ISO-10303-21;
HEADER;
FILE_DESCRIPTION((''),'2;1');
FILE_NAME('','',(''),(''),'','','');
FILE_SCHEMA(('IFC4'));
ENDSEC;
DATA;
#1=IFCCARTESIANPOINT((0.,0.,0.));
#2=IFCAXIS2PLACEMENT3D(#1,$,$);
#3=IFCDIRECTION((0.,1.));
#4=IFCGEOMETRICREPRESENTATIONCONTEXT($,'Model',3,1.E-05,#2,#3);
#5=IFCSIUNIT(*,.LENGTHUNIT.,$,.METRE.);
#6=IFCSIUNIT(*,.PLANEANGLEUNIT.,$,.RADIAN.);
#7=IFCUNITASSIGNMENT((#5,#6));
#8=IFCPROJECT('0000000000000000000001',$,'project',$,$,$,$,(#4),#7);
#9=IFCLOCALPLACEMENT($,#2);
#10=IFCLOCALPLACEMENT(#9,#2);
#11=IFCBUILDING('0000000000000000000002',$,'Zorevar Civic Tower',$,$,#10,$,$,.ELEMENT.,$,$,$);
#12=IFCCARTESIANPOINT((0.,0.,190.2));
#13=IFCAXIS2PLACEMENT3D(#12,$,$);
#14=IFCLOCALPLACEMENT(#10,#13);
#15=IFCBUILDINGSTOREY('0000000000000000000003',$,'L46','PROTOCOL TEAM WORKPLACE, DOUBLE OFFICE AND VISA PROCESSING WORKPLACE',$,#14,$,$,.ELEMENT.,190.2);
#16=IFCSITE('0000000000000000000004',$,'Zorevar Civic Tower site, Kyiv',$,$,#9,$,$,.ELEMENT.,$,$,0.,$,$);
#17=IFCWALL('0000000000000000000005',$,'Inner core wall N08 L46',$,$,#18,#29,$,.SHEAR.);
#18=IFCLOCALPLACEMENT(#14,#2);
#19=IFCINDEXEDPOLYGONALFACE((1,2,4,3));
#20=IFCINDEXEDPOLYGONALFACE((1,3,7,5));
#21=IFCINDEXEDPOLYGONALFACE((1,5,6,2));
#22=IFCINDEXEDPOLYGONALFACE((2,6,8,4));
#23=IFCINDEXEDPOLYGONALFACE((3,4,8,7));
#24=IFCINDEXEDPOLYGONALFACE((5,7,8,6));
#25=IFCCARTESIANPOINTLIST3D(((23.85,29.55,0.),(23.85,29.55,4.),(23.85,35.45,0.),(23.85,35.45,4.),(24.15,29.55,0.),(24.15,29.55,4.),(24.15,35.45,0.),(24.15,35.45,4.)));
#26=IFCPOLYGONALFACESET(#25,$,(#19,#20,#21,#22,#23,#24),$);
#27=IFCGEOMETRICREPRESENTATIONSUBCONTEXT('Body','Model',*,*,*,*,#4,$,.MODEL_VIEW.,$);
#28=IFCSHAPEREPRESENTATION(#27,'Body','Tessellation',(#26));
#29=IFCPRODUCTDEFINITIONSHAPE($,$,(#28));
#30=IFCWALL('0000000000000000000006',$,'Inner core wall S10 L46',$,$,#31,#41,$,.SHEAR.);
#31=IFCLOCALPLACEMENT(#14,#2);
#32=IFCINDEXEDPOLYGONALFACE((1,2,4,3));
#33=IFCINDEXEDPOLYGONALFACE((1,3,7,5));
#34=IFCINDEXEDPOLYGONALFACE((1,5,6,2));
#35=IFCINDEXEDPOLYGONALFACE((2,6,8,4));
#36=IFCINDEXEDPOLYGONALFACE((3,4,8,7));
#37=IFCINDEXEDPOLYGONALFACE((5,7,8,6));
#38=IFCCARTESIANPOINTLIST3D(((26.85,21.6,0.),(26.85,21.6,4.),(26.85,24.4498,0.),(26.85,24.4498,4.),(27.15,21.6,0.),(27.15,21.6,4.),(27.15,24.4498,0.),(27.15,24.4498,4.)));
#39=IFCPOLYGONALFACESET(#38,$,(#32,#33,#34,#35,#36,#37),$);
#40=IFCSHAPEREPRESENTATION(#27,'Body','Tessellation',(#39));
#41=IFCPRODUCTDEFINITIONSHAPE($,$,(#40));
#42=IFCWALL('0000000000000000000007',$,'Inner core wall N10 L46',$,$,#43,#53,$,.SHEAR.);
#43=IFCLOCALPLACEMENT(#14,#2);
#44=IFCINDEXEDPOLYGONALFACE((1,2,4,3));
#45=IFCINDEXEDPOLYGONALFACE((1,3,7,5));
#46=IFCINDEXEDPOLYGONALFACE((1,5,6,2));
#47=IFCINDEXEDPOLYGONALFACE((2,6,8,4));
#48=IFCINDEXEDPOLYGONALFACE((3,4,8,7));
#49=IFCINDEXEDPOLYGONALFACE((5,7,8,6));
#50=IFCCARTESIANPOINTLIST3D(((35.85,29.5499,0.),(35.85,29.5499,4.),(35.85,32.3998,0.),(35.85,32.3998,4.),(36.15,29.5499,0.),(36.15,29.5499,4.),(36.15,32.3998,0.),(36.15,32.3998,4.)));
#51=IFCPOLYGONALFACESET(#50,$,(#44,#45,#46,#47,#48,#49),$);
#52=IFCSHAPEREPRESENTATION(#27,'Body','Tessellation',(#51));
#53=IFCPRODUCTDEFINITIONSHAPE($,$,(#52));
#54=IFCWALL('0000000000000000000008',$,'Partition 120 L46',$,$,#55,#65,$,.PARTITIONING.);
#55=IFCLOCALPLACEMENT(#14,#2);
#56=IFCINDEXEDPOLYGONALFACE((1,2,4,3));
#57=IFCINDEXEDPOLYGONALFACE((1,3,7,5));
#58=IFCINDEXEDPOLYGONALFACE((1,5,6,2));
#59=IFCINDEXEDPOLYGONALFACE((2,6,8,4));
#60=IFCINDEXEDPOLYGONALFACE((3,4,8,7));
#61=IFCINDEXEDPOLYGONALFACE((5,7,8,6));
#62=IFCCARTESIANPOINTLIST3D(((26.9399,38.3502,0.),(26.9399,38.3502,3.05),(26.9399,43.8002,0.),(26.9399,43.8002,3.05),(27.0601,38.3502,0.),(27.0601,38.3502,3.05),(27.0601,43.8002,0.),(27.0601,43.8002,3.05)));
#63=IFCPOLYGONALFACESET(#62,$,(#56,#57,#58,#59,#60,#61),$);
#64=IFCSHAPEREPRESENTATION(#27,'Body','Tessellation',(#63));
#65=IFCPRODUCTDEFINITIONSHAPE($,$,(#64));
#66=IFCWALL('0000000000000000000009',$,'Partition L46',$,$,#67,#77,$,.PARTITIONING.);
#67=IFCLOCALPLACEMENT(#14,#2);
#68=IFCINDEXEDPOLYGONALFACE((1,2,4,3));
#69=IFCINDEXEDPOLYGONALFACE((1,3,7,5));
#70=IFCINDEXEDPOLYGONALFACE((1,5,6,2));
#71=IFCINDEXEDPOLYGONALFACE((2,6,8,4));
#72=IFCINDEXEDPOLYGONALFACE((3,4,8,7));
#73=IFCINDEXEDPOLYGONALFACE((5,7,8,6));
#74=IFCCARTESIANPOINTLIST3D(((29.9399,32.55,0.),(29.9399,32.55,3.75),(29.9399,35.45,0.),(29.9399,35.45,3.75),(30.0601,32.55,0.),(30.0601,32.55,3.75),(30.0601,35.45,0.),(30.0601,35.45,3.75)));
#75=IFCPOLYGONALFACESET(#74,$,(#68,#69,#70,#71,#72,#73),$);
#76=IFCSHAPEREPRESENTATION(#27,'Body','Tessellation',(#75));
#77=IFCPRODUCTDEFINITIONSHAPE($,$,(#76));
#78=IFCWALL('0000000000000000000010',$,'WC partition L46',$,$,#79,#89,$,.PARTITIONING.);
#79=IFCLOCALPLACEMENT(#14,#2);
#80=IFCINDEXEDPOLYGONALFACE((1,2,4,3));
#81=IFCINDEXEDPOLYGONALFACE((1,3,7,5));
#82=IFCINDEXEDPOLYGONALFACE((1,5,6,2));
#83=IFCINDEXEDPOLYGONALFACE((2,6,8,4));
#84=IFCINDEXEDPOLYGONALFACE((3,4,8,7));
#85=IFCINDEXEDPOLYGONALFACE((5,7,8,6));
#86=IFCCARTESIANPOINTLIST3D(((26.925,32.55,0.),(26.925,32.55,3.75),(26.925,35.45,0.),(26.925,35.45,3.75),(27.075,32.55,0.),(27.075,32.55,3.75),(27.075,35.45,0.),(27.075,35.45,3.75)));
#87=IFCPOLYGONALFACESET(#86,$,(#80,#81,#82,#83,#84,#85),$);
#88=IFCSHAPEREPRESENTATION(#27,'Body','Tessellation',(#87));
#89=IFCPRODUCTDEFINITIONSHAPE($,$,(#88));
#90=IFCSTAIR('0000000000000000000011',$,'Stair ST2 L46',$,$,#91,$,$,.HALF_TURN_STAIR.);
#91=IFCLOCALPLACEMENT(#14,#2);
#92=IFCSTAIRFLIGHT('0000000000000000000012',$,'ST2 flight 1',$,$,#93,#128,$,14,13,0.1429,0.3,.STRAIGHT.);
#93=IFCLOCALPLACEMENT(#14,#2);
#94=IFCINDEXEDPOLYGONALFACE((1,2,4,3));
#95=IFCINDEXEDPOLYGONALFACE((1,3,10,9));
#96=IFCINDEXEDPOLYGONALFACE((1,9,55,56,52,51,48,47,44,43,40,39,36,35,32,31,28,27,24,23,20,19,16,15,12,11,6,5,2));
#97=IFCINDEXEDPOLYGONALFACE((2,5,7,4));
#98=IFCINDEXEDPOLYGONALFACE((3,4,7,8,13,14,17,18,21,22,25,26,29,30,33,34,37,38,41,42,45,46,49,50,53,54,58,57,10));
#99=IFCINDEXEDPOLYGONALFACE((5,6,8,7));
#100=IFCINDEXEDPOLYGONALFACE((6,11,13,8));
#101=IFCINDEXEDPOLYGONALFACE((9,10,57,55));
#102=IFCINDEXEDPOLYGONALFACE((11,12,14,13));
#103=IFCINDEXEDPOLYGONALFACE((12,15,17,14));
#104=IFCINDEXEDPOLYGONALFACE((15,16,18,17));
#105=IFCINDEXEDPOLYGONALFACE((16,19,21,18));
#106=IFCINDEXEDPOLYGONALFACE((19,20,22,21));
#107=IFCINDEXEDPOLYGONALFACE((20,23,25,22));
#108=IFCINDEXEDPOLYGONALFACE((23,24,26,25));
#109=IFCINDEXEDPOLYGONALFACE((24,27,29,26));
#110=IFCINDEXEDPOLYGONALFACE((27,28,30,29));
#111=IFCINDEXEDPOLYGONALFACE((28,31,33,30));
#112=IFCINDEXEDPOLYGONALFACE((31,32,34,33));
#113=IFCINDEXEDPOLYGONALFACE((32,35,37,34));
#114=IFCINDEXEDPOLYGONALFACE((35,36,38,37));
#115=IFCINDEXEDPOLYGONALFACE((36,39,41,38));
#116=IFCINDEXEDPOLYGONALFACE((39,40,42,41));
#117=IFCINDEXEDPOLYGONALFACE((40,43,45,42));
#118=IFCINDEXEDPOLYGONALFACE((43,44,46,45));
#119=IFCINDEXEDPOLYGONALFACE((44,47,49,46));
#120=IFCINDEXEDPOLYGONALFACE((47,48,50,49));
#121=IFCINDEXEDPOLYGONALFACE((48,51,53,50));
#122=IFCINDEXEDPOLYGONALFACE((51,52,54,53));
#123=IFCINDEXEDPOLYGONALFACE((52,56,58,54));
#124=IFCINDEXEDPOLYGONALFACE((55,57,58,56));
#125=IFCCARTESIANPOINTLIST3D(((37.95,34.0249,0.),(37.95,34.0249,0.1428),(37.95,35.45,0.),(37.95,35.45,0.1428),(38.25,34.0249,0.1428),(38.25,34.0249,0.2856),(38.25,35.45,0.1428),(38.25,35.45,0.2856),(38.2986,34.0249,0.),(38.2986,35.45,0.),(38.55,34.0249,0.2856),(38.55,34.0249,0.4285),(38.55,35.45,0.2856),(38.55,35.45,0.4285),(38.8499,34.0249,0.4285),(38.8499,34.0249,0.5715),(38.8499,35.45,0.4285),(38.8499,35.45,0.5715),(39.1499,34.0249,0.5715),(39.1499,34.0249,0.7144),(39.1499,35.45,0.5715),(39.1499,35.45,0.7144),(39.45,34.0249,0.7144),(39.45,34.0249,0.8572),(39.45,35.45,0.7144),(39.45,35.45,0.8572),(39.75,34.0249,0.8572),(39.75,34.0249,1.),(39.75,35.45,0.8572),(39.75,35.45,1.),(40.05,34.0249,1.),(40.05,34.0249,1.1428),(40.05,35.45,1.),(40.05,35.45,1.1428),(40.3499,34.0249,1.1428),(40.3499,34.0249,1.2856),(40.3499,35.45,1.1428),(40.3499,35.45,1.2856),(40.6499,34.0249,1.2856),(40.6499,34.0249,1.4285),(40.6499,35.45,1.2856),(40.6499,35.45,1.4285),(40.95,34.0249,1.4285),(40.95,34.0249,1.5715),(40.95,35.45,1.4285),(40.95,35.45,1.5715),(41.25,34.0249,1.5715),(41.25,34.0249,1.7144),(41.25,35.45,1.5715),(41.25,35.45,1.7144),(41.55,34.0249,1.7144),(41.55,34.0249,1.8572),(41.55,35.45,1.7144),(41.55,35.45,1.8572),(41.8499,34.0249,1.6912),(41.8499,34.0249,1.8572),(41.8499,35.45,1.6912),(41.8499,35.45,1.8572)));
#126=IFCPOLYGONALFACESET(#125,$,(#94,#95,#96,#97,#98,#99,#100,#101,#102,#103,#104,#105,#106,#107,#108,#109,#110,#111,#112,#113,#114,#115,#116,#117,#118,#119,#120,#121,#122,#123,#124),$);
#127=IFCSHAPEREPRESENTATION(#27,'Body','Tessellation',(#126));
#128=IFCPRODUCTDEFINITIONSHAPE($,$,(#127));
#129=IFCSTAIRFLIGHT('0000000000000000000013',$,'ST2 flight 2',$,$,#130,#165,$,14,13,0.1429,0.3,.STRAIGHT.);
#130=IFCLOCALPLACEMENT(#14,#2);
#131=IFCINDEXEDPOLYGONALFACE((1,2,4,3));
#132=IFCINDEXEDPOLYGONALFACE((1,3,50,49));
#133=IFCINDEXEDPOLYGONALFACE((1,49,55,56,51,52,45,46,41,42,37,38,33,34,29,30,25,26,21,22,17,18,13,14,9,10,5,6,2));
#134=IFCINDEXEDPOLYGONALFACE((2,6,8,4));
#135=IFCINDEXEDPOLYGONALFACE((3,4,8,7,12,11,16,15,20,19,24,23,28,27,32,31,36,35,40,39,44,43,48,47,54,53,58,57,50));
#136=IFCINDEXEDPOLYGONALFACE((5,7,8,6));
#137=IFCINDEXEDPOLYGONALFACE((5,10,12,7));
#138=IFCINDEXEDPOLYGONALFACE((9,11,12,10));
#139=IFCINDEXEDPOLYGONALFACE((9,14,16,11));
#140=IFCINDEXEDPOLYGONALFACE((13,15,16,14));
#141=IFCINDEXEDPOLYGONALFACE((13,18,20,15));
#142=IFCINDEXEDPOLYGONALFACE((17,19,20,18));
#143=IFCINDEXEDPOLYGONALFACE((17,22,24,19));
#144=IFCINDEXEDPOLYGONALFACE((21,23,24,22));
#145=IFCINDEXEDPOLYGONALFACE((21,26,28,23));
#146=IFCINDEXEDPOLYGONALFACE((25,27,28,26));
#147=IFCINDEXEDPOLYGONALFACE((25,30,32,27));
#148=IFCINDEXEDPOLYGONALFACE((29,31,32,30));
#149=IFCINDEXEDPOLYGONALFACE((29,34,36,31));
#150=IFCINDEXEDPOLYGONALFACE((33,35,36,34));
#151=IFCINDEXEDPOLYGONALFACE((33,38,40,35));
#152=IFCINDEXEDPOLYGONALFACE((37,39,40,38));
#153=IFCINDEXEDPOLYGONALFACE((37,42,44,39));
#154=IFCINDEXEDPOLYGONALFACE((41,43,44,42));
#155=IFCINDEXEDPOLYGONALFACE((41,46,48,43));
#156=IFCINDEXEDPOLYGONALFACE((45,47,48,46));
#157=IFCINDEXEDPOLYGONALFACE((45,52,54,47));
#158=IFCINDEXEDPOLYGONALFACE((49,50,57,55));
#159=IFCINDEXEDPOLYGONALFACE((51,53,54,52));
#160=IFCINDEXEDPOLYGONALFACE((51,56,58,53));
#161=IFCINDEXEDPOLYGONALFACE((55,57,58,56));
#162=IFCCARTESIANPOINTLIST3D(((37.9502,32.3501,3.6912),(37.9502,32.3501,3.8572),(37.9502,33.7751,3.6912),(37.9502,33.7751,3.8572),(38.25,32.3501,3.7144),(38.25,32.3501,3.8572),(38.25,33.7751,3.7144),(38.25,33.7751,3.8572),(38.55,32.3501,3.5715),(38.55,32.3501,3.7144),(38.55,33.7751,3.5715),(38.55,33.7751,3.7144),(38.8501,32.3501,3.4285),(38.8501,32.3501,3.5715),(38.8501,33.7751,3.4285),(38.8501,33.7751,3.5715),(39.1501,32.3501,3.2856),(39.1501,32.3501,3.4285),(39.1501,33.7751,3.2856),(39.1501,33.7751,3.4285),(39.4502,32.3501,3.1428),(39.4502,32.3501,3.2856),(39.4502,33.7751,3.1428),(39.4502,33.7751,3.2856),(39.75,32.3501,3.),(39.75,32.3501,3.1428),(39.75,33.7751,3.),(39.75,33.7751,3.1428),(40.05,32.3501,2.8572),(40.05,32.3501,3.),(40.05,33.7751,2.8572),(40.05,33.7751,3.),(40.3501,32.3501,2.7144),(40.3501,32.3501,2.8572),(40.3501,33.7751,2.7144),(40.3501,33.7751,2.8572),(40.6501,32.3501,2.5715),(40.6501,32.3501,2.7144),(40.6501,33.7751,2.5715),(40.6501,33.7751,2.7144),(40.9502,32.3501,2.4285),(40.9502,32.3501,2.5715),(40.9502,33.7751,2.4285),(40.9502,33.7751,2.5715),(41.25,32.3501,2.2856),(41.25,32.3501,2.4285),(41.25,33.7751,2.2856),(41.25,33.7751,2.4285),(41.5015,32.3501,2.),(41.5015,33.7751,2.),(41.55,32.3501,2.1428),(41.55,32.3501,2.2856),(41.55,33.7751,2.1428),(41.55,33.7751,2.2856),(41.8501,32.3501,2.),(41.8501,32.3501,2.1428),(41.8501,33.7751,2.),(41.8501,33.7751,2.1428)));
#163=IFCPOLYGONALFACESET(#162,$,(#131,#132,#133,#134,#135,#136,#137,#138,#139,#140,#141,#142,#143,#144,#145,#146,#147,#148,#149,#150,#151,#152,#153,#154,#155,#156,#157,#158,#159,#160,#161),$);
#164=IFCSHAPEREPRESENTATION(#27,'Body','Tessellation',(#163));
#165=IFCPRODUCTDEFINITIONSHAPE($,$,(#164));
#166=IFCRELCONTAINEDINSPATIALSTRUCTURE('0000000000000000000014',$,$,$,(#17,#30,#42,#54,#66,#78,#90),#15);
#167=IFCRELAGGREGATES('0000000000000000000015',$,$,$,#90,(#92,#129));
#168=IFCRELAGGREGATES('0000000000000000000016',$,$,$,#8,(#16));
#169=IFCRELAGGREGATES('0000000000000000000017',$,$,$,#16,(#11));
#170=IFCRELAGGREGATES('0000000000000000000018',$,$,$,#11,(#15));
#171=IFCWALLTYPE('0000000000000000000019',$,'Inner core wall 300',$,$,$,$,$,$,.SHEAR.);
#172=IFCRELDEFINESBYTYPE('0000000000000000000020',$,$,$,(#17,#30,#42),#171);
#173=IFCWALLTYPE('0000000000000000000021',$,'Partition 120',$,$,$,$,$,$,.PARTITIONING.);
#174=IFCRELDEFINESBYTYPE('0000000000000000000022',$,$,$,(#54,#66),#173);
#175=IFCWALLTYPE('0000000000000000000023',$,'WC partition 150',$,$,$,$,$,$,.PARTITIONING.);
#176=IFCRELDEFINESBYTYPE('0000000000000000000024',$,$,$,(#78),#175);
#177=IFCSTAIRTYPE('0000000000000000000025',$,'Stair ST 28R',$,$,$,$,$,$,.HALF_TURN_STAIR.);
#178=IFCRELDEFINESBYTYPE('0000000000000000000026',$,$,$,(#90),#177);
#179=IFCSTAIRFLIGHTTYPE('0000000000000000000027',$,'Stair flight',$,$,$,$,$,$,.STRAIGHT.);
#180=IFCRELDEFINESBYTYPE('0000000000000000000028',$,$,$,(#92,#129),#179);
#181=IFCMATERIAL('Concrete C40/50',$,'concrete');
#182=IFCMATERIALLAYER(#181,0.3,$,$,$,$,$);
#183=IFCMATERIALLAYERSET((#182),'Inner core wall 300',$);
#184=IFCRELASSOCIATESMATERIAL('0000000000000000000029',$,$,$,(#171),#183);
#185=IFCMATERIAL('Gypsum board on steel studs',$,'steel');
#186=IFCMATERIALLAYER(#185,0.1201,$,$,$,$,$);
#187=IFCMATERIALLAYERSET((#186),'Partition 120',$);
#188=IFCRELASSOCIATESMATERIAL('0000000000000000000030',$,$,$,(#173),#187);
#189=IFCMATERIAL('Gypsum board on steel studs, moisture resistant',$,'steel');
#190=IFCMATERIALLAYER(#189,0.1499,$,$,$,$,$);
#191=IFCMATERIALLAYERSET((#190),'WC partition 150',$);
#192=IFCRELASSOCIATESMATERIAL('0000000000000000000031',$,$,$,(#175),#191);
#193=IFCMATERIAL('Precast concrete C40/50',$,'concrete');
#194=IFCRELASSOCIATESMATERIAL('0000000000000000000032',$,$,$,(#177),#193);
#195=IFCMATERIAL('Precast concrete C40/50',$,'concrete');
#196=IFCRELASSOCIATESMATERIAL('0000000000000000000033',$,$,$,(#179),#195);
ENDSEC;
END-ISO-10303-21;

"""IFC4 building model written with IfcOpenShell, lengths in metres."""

from ifc_helpers import new_model, si_unit, direction, frame, frame_2d, origin, place, context, subcontext, project, spatial, polyline, rectangle, outline, extrude, material, layer, layer_set, type_object, element, aggregate, save


model = new_model("IFC4")

# Units and contexts
model_context = context("Model", 3, precision=1e-05, world=origin(), true_north=direction((0.0, 1.0)))
body_context = subcontext(model_context, "Body", "Model", "MODEL_VIEW")
ifc_project = project(units=[si_unit("LENGTHUNIT", "METRE"), si_unit("PLANEANGLEUNIT", "RADIAN")], contexts=[model_context])

# Site, building, storey
site_placement = place(None, origin())
site = spatial("IfcSite", under=ifc_project, at=site_placement, Name="Zorevar Civic Tower site, Kyiv", CompositionType="ELEMENT", RefElevation=0.0)
building_placement = place(site_placement, origin())
building = spatial("IfcBuilding", under=site, at=building_placement, Name="Zorevar Civic Tower", CompositionType="ELEMENT")
storey_placement = place(building_placement, frame((0.0, 0.0, 190.2)))
storey = spatial("IfcBuildingStorey", under=building, at=storey_placement, Name="L46", Description="PROTOCOL TEAM WORKPLACE, DOUBLE OFFICE AND VISA PROCESSING WORKPLACE", CompositionType="ELEMENT", Elevation=190.2)

# Shared definitions
ifc_material_1 = material(Name="Concrete C40/50", Category="concrete")
ifc_layer_1 = layer(ifc_material_1, 0.3)
ifc_layer_set_1 = layer_set([ifc_layer_1], Name="Inner core wall 300")
wall_type_1 = type_object("IfcWallType", Name="Inner core wall 300", PredefinedType="SHEAR", material=ifc_layer_set_1)

# Walls
wall_1_placement = place(storey_placement, frame((24.0, 29.55, 0.0), z_axis=(0.0, 0.0, 1.0), x_axis=(0.0, 1.0, 0.0)))
element("IfcWall", 1, at=wall_1_placement, inside=storey, type_object=wall_type_1, Name="Inner core wall N08 L46", PredefinedType="SHEAR", context=body_context, shape_type="SweptSolid", body=[
    extrude(rectangle(XDim=5.8999, YDim=0.3, at=frame_2d((2.95, 0.0))), origin(), (0.0, 0.0, 1.0), 4.0),
])
for number, where, z_axis, x_axis, name in (
    (2, (27.0, 21.6001, 0.0), (0.0, 0.0, 1.0), (0.0, 1.0, 0.0), "Inner core wall S10 L46"),
    (3, (36.0, 29.55, 0.0), (0.0, 0.0, 1.0), (0.0, 1.0, 0.0), "Inner core wall N10 L46"),
):
    element("IfcWall", number, at=place(storey_placement, frame(where, z_axis=z_axis, x_axis=x_axis)), inside=storey, type_object=wall_type_1, Name=name, PredefinedType="SHEAR", context=body_context, shape_type="SweptSolid", body=[
        extrude(rectangle(XDim=2.8499, YDim=0.3, at=frame_2d((1.4248, 0.0))), origin(), (0.0, 0.0, 1.0), 4.0),
    ])
ifc_material_2 = material(Name="Gypsum board on steel studs", Category="steel")
ifc_layer_2 = layer(ifc_material_2, 0.1201)
ifc_layer_set_2 = layer_set([ifc_layer_2], Name="Partition 120")
wall_type_2 = type_object("IfcWallType", Name="Partition 120", PredefinedType="PARTITIONING", material=ifc_layer_set_2)
wall_2_placement = place(storey_placement, frame((27.0, 38.3501, 0.0), z_axis=(0.0, 0.0, 1.0), x_axis=(0.0, 1.0, 0.0)))
element("IfcWall", 4, at=wall_2_placement, inside=storey, type_object=wall_type_2, Name="Partition 120 L46", PredefinedType="PARTITIONING", context=body_context, shape_type="SweptSolid", body=[
    extrude(rectangle(XDim=5.45, YDim=0.1201, at=frame_2d((2.7251, 0.0))), origin(), (0.0, 0.0, 1.0), 3.05),
])
wall_3_placement = place(storey_placement, frame((30.0, 32.55, 0.0), z_axis=(0.0, 0.0, 1.0), x_axis=(0.0, 1.0, 0.0)))
element("IfcWall", 5, at=wall_3_placement, inside=storey, type_object=wall_type_2, Name="Partition L46", PredefinedType="PARTITIONING", context=body_context, shape_type="SweptSolid", body=[
    extrude(rectangle(XDim=2.8999, YDim=0.1201, at=frame_2d((1.45, 0.0))), origin(), (0.0, 0.0, 1.0), 3.75),
])
ifc_material_3 = material(Name="Gypsum board on steel studs, moisture resistant", Category="steel")
ifc_layer_3 = layer(ifc_material_3, 0.1499)
ifc_layer_set_3 = layer_set([ifc_layer_3], Name="WC partition 150")
wall_type_3 = type_object("IfcWallType", Name="WC partition 150", PredefinedType="PARTITIONING", material=ifc_layer_set_3)
wall_4_placement = place(storey_placement, frame((27.0, 32.55, 0.0), z_axis=(0.0, 0.0, 1.0), x_axis=(0.0, 1.0, 0.0)))
element("IfcWall", 6, at=wall_4_placement, inside=storey, type_object=wall_type_3, Name="WC partition L46", PredefinedType="PARTITIONING", context=body_context, shape_type="SweptSolid", body=[
    extrude(rectangle(XDim=2.8999, YDim=0.1499, at=frame_2d((1.45, 0.0))), origin(), (0.0, 0.0, 1.0), 3.75),
])

# Stair, stair flights
ifc_material_4 = material(Name="Precast concrete C40/50", Category="concrete")
stair_type = type_object("IfcStairType", Name="Stair ST 28R", PredefinedType="HALF_TURN_STAIR", material=ifc_material_4)
stair_placement = place(storey_placement, origin())
stair = element("IfcStair", 7, at=stair_placement, inside=storey, type_object=stair_type, Name="Stair ST2 L46", PredefinedType="HALF_TURN_STAIR")
ifc_material_5 = material(Name="Precast concrete C40/50", Category="concrete")
stair_flight_type = type_object("IfcStairFlightType", Name="Stair flight", PredefinedType="STRAIGHT", material=ifc_material_5)
stair_flight_1_placement = place(storey_placement, frame((37.95, 34.7375, 0.0), z_axis=(0.0, 0.0, 1.0), x_axis=(1.0, 0.0, 0.0)))
stair_flight_1 = element("IfcStairFlight", 8, at=stair_flight_1_placement, type_object=stair_flight_type, Name="ST2 flight 1", NumberOfRisers=14, NumberOfTreads=13, PredefinedType="STRAIGHT", RiserHeight=0.1429, TreadLength=0.3, context=body_context, shape_type="SweptSolid", body=[
    extrude(outline(polyline([(0.0, 0.0), (0.0, 0.1428), (0.3, 0.1428), (0.3, 0.2856), (0.6001, 0.2856), (0.6001, 0.4285), (0.8999, 0.4285), (0.8999, 0.5715), (1.2, 0.5715), (1.2, 0.7144), (1.5, 0.7144), (1.5, 0.8572), (1.8, 0.8572), (1.8, 1.0), (2.1001, 1.0), (2.1001, 1.1428), (2.3999, 1.1428), (2.3999, 1.2856), (2.7, 1.2856), (2.7, 1.4285), (3.0, 1.4285), (3.0, 1.5715), (3.3, 1.5715), (3.3, 1.7144), (3.6001, 1.7144), (3.6001, 1.8572), (3.8999, 1.8572), (3.8999, 2.0), (3.8999, 1.6912), (0.3486, 0.0), (0.0, 0.0)])), frame((0.0, 0.7124, 0.0), z_axis=(0.0, -1.0, 0.0), x_axis=(1.0, 0.0, 0.0)), (0.0, 0.0, 1.0), 1.425),
])
stair_flight_2_placement = place(storey_placement, frame((41.8501, 33.0625, 2.0), z_axis=(0.0, 0.0, 1.0), x_axis=(-1.0, 0.0, 0.0)))
stair_flight_2 = element("IfcStairFlight", 9, at=stair_flight_2_placement, type_object=stair_flight_type, Name="ST2 flight 2", NumberOfRisers=14, NumberOfTreads=13, PredefinedType="STRAIGHT", RiserHeight=0.1429, TreadLength=0.3, context=body_context, shape_type="SweptSolid", body=[
    extrude(outline(polyline([(0.0, 0.0), (0.0, 0.1428), (0.3, 0.1428), (0.3, 0.2856), (0.6001, 0.2856), (0.6001, 0.4285), (0.8999, 0.4285), (0.8999, 0.5715), (1.2, 0.5715), (1.2, 0.7144), (1.5, 0.7144), (1.5, 0.8572), (1.8, 0.8572), (1.8, 1.0), (2.1001, 1.0), (2.1001, 1.1428), (2.3999, 1.1428), (2.3999, 1.2856), (2.7, 1.2856), (2.7, 1.4285), (3.0, 1.4285), (3.0, 1.5715), (3.3, 1.5715), (3.3, 1.7144), (3.6001, 1.7144), (3.6001, 1.8572), (3.8999, 1.8572), (3.8999, 2.0), (3.8999, 1.6912), (0.3486, 0.0), (0.0, 0.0)])), frame((0.0, 0.7124, 0.0), z_axis=(0.0, -1.0, 0.0), x_axis=(1.0, 0.0, 0.0)), (0.0, 0.0, 1.0), 1.425),
])
aggregate(stair, [stair_flight_1, stair_flight_2])

save(model, "model.ifc")
